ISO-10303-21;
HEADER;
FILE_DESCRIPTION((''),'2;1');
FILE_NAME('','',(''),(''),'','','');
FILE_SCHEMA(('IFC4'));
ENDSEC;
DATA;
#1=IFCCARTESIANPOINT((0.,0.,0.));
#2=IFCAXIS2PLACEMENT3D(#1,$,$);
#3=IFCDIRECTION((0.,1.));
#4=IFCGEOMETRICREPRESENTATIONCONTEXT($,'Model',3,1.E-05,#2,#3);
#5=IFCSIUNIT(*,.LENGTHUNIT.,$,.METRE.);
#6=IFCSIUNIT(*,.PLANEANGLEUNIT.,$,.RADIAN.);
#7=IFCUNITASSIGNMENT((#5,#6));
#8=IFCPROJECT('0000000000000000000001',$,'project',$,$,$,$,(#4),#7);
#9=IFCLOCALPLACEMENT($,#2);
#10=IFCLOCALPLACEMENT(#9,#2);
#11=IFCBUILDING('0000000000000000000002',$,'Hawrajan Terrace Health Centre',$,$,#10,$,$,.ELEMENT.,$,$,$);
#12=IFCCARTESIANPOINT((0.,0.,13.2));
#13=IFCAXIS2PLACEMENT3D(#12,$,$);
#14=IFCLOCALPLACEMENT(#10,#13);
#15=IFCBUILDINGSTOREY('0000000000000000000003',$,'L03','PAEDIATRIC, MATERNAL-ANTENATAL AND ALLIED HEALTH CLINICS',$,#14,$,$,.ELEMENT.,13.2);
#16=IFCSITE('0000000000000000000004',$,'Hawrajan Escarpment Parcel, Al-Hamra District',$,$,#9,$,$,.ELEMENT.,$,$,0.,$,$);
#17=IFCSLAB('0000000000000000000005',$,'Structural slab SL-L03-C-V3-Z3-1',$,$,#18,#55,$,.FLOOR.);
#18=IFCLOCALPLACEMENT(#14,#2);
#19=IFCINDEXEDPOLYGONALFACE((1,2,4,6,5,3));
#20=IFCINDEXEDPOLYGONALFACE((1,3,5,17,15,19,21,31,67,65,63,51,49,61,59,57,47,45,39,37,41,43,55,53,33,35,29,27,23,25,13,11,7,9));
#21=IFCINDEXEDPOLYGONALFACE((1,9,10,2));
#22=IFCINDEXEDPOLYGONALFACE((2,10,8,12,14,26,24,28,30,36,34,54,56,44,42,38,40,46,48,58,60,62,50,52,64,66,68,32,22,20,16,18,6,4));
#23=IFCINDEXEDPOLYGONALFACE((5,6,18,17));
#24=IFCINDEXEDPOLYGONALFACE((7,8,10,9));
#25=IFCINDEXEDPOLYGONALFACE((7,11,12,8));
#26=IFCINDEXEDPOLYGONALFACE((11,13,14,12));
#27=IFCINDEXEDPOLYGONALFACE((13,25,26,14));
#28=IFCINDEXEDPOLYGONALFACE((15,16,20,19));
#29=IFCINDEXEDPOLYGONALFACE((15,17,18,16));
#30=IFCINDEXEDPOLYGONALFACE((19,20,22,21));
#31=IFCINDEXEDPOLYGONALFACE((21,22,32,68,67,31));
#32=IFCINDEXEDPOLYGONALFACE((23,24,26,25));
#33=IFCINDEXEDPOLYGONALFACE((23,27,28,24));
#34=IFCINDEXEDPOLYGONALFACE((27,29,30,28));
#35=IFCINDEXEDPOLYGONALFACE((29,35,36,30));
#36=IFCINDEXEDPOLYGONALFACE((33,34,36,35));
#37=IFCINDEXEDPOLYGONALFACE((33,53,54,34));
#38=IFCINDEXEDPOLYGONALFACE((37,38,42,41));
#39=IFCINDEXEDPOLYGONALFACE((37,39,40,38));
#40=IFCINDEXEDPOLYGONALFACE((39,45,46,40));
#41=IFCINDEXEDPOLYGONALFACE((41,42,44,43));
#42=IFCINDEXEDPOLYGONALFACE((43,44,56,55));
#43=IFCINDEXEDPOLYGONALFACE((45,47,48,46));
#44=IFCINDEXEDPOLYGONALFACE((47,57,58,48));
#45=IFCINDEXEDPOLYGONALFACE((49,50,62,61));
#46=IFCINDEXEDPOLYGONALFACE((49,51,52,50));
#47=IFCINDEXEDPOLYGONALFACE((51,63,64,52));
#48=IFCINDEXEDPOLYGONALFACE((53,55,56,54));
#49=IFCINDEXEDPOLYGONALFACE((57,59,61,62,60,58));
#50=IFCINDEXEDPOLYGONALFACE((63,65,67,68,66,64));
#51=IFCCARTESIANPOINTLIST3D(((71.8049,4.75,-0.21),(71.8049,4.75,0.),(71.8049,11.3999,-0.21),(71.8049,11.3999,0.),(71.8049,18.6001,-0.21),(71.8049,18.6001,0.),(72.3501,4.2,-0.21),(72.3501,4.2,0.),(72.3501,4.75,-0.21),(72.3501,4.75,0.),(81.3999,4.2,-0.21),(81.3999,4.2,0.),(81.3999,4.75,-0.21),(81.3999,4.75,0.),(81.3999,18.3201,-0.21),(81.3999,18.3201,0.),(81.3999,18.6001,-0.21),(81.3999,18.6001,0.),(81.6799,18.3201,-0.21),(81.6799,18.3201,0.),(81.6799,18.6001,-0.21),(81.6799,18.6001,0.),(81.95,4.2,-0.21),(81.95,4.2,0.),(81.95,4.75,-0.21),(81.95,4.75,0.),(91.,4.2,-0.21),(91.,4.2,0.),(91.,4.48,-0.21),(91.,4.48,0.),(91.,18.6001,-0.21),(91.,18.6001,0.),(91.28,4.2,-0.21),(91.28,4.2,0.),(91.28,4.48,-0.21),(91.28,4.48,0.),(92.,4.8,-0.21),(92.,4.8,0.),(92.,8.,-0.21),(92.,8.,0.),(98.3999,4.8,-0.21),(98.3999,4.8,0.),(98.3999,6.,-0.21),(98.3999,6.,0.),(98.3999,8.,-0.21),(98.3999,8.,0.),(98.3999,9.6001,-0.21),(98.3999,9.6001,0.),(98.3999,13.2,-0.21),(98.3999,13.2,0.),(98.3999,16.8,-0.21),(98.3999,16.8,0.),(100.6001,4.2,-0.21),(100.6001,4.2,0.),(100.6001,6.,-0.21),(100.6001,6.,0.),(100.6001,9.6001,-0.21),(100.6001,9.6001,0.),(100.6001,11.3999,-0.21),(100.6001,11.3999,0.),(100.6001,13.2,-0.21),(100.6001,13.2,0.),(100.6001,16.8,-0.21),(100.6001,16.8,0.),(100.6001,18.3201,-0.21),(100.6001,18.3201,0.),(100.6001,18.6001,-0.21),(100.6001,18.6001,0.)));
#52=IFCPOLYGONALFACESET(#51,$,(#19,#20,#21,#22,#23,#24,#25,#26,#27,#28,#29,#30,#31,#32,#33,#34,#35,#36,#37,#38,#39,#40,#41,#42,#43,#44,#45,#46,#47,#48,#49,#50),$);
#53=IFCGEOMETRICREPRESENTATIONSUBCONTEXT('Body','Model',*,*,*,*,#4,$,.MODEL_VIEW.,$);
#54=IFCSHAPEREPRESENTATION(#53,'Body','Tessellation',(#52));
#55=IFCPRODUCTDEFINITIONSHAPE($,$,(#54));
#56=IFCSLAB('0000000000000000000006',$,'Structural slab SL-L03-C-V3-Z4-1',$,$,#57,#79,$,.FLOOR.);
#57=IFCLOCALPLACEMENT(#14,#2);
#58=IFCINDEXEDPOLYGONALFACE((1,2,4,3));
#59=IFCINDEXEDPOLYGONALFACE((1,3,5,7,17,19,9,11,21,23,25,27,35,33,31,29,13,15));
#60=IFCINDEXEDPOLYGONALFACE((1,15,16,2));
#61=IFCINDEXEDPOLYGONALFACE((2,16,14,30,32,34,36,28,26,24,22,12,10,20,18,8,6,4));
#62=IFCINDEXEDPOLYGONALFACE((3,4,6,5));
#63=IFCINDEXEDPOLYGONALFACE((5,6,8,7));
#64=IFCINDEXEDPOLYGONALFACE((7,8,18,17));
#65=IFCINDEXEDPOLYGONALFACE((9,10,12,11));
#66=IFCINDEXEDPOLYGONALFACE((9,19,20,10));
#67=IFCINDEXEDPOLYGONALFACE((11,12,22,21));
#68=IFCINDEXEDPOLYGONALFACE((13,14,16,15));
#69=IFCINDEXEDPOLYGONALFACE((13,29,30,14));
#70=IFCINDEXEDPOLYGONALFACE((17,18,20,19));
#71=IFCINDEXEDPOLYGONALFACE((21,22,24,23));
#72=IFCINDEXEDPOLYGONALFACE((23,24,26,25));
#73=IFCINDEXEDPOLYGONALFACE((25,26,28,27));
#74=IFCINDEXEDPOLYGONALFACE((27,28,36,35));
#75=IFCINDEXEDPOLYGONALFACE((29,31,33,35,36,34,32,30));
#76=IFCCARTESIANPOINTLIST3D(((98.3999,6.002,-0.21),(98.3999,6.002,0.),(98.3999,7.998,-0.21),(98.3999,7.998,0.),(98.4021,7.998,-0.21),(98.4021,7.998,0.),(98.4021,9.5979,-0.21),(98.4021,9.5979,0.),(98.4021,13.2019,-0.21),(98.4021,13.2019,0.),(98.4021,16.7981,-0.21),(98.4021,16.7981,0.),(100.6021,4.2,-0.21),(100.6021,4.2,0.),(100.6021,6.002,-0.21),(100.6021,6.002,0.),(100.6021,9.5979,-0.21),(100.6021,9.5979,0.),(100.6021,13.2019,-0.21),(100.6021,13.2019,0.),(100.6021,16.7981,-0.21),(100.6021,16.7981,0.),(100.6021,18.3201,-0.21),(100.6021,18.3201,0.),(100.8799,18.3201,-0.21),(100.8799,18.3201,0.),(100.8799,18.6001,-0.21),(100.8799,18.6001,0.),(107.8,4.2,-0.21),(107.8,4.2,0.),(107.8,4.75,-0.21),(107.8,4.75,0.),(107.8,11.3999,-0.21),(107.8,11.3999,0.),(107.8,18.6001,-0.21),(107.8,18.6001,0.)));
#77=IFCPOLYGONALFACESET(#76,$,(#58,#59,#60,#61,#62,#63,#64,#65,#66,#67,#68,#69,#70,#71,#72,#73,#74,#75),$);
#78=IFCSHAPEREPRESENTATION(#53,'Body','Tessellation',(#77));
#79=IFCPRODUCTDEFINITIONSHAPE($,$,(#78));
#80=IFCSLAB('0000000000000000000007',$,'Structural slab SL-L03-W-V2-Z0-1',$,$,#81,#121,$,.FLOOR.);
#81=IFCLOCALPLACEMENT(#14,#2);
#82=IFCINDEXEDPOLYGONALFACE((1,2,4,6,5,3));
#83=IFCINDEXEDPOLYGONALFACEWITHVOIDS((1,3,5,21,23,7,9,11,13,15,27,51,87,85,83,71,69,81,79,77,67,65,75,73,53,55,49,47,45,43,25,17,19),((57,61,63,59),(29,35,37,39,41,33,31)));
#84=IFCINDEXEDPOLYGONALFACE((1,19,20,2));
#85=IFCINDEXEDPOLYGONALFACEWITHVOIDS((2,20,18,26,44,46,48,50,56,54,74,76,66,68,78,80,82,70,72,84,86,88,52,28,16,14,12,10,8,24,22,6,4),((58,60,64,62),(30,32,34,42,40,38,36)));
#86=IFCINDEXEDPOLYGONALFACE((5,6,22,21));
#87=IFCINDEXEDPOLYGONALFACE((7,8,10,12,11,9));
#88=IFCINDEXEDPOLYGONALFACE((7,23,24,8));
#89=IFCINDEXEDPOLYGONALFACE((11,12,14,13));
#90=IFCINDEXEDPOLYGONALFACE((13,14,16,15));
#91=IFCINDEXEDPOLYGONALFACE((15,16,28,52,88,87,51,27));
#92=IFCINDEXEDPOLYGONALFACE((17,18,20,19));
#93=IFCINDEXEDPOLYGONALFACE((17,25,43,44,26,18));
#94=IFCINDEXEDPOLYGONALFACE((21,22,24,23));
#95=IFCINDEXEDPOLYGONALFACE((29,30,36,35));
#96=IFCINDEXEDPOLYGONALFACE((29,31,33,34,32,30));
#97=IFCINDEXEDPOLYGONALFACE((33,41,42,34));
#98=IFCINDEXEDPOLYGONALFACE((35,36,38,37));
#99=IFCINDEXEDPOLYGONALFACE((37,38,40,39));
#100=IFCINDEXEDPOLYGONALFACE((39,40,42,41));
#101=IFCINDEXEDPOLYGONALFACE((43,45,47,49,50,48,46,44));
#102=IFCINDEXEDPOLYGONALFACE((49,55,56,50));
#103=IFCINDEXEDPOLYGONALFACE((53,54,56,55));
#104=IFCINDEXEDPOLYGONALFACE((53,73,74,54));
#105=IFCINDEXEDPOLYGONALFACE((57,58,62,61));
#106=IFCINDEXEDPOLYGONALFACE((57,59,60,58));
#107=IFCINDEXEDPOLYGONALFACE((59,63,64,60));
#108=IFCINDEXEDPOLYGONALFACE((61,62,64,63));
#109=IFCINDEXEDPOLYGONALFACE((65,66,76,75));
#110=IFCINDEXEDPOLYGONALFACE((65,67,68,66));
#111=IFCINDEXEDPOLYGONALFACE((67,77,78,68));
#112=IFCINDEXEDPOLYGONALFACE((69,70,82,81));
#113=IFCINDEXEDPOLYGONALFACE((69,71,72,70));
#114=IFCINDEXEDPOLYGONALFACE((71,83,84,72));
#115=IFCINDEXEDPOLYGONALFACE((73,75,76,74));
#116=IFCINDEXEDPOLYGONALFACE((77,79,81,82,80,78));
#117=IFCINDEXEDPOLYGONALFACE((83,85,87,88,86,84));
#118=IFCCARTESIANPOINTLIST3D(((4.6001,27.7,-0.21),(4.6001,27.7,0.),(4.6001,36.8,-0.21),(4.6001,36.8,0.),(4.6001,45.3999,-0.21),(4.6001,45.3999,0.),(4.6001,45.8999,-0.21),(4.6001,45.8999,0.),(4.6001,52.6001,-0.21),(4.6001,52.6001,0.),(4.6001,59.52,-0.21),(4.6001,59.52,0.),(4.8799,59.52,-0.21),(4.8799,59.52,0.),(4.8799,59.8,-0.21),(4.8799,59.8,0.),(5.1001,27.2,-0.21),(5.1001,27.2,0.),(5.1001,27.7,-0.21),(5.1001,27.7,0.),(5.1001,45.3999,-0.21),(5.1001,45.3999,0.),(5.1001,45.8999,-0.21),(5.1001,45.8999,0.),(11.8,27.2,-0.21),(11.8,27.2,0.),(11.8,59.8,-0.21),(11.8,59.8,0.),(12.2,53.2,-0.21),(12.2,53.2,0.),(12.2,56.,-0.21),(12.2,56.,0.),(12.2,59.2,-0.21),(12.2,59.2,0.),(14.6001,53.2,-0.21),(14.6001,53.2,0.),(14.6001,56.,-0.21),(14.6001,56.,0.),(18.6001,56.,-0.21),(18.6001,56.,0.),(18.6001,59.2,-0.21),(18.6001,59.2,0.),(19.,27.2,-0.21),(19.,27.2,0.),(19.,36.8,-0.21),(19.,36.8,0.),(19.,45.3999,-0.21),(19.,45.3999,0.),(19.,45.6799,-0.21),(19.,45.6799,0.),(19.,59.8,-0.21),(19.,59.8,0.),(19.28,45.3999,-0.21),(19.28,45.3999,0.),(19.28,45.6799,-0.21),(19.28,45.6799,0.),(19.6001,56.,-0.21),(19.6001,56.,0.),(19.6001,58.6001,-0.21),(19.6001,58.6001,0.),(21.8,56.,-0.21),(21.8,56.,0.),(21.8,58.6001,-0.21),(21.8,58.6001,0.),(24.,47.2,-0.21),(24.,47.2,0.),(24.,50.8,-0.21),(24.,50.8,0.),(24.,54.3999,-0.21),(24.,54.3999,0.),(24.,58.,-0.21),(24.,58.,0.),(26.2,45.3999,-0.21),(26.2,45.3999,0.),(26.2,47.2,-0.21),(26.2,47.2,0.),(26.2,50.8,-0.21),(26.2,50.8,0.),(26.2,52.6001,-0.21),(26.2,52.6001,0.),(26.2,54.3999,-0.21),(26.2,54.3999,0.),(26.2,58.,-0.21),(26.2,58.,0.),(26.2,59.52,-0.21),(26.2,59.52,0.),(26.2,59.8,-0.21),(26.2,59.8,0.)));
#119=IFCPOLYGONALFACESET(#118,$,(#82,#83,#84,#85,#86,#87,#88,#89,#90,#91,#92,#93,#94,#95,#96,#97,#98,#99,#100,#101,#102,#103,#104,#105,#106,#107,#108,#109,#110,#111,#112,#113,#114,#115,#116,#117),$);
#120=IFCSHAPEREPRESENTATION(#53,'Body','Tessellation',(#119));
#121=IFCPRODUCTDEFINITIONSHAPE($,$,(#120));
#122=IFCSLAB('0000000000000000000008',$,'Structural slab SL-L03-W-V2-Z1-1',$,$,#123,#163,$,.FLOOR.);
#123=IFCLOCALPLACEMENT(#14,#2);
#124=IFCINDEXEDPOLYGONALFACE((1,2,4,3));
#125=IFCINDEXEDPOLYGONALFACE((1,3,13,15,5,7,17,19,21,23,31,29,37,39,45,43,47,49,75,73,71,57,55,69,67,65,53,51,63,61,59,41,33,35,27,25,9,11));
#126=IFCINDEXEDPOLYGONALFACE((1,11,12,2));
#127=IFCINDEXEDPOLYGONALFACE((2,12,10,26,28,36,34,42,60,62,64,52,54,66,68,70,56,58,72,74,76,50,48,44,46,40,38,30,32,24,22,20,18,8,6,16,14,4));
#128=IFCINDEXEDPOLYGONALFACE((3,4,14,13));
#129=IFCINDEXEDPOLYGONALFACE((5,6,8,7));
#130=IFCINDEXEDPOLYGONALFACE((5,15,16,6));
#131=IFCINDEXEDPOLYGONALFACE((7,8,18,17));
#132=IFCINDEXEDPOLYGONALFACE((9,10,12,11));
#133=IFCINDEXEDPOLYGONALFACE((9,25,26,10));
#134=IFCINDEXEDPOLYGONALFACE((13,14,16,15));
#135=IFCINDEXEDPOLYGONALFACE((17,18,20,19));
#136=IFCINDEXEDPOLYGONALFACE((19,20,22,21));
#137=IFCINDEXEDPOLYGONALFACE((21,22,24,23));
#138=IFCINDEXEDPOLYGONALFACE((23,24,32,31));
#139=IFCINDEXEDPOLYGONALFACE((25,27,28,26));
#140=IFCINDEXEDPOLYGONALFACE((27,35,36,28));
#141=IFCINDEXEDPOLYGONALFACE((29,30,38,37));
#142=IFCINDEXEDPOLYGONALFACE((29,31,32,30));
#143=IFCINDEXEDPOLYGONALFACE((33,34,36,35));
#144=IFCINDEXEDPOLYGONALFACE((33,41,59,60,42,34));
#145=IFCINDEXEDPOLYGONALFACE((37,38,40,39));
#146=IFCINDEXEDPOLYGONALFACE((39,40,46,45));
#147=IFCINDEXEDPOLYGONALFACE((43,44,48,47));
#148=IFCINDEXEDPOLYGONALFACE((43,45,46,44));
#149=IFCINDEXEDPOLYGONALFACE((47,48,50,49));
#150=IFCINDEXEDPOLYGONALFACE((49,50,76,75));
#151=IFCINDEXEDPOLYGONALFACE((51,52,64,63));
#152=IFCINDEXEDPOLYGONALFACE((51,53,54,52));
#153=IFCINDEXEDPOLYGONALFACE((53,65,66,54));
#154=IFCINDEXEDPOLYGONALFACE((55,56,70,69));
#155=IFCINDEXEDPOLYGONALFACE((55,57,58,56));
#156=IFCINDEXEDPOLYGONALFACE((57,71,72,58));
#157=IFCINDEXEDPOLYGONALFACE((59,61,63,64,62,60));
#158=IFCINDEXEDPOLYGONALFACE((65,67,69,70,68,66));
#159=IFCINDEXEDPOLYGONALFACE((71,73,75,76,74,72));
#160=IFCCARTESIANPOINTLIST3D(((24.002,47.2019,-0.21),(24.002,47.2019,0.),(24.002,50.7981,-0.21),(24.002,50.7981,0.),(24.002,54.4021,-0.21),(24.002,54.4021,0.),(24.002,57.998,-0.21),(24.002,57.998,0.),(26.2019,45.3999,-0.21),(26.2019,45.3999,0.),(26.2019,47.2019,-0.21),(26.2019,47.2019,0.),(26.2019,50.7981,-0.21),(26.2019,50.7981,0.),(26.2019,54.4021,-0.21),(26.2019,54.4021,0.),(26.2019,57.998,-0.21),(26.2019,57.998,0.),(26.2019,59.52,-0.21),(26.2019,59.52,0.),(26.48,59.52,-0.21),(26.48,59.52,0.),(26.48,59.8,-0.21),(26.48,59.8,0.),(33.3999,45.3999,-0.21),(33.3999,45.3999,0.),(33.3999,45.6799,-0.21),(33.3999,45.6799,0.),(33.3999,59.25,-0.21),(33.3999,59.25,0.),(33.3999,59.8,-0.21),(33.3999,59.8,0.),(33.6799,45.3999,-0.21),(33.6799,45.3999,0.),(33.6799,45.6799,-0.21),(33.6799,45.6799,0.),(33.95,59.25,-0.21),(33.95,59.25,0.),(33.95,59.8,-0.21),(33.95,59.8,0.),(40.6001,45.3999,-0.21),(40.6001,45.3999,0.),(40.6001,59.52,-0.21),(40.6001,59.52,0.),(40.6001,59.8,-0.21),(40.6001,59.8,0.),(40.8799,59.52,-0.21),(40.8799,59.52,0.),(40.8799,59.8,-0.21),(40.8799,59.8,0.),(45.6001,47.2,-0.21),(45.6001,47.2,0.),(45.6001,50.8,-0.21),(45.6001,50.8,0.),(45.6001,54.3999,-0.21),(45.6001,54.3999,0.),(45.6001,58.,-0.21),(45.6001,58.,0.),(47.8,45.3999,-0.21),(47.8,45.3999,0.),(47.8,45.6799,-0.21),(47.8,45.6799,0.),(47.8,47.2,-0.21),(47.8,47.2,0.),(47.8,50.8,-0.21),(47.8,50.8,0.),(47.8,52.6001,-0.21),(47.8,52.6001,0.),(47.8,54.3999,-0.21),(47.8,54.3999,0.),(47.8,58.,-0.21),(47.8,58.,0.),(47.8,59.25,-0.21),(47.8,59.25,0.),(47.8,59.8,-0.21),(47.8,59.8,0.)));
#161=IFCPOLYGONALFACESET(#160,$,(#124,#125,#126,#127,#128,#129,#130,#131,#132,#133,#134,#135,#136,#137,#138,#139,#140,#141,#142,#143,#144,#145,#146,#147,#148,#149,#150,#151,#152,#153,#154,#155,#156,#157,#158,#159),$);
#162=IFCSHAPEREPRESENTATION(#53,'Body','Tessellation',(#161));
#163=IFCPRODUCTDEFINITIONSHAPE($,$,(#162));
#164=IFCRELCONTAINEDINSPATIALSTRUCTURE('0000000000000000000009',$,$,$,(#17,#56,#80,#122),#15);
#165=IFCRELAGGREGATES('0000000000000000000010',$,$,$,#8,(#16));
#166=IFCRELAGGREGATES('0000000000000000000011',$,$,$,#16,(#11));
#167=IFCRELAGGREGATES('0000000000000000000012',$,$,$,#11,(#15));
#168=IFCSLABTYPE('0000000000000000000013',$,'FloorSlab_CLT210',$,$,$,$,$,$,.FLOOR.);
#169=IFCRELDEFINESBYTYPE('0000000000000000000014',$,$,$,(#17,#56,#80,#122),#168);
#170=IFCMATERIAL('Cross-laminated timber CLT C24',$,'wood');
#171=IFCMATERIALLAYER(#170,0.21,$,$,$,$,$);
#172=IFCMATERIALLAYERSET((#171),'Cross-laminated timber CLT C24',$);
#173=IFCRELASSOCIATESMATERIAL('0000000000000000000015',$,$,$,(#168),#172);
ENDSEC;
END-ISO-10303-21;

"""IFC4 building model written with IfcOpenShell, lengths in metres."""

from ifc_helpers import new_model, si_unit, direction, frame, origin, place, context, subcontext, project, spatial, polyline, outline, extrude, material, layer, layer_set, type_object, element, save


model = new_model("IFC4")

# Units and contexts
model_context = context("Model", 3, precision=1e-05, world=origin(), true_north=direction((0.0, 1.0)))
body_context = subcontext(model_context, "Body", "Model", "MODEL_VIEW")
ifc_project = project(units=[si_unit("LENGTHUNIT", "METRE"), si_unit("PLANEANGLEUNIT", "RADIAN")], contexts=[model_context])

# Site, building, storey
site_placement = place(None, origin())
site = spatial("IfcSite", under=ifc_project, at=site_placement, Name="Hawrajan Escarpment Parcel, Al-Hamra District", CompositionType="ELEMENT", RefElevation=0.0)
building_placement = place(site_placement, origin())
building = spatial("IfcBuilding", under=site, at=building_placement, Name="Hawrajan Terrace Health Centre", CompositionType="ELEMENT")
storey_placement = place(building_placement, frame((0.0, 0.0, 13.2)))
storey = spatial("IfcBuildingStorey", under=building, at=storey_placement, Name="L03", Description="PAEDIATRIC, MATERNAL-ANTENATAL AND ALLIED HEALTH CLINICS", CompositionType="ELEMENT", Elevation=13.2)

# Slabs
ifc_material_1 = material(Name="Cross-laminated timber CLT C24", Category="wood")
ifc_layer_1 = layer(ifc_material_1, 0.21)
ifc_layer_set_1 = layer_set([ifc_layer_1], Name="Cross-laminated timber CLT C24")
slab_type_1 = type_object("IfcSlabType", Name="FloorSlab_CLT210", PredefinedType="FLOOR", material=ifc_layer_set_1)
slab_1_placement = place(storey_placement, frame((0.0, 0.0, -0.21)))
element("IfcSlab", 1, at=slab_1_placement, inside=storey, type_object=slab_type_1, Name="Structural slab SL-L03-C-V3-Z3-1", PredefinedType="FLOOR", context=body_context, shape_type="SweptSolid", body=[
    extrude(outline(polyline([(71.8049, 18.6001), (81.3999, 18.6001), (81.3999, 18.3201), (81.6799, 18.3201), (81.6799, 18.6001), (91.0, 18.6001), (100.6001, 18.6001), (100.6001, 18.3201), (100.6001, 16.8), (98.3999, 16.8), (98.3999, 13.2), (100.6001, 13.2), (100.6001, 11.3999), (100.6001, 9.6001), (98.3999, 9.6001), (98.3999, 8.0), (92.0, 8.0), (92.0, 4.8), (98.3999, 4.8), (98.3999, 6.0), (100.6001, 6.0), (100.6001, 4.2), (91.28, 4.2), (91.28, 4.48), (91.0, 4.48), (91.0, 4.2), (81.95, 4.2), (81.95, 4.75), (81.3999, 4.75), (81.3999, 4.2), (72.3501, 4.2), (72.3501, 4.75), (71.8049, 4.75), (71.8049, 11.3999), (71.8049, 18.6001)])), origin(), (0.0, 0.0, 1.0), 0.21),
])
slab_2_placement = place(storey_placement, frame((0.0, 0.0, -0.21)))
element("IfcSlab", 2, at=slab_2_placement, inside=storey, type_object=slab_type_1, Name="Structural slab SL-L03-C-V3-Z4-1", PredefinedType="FLOOR", context=body_context, shape_type="SweptSolid", body=[
    extrude(outline(polyline([(100.8799, 18.3201), (100.8799, 18.6001), (107.8, 18.6001), (107.8, 11.3999), (107.8, 4.75), (107.8, 4.2), (100.6021, 4.2), (100.6021, 6.002), (98.3999, 6.002), (98.3999, 7.998), (98.4021, 7.998), (98.4021, 9.5979), (100.6021, 9.5979), (100.6021, 13.2019), (98.4021, 13.2019), (98.4021, 16.7981), (100.6021, 16.7981), (100.6021, 18.3201), (100.8799, 18.3201)])), origin(), (0.0, 0.0, 1.0), 0.21),
])
slab_3_placement = place(storey_placement, frame((0.0, 0.0, -0.21)))
element("IfcSlab", 3, at=slab_3_placement, inside=storey, type_object=slab_type_1, Name="Structural slab SL-L03-W-V2-Z0-1", PredefinedType="FLOOR", context=body_context, shape_type="SweptSolid", body=[
    extrude(outline(polyline([(4.6001, 59.52), (4.8799, 59.52), (4.8799, 59.8), (11.8, 59.8), (19.0, 59.8), (26.2, 59.8), (26.2, 59.52), (26.2, 58.0), (24.0, 58.0), (24.0, 54.3999), (26.2, 54.3999), (26.2, 52.6001), (26.2, 50.8), (24.0, 50.8), (24.0, 47.2), (26.2, 47.2), (26.2, 45.3999), (19.28, 45.3999), (19.28, 45.6799), (19.0, 45.6799), (19.0, 45.3999), (19.0, 36.8), (19.0, 27.2), (11.8, 27.2), (5.1001, 27.2), (5.1001, 27.7), (4.6001, 27.7), (4.6001, 36.8), (4.6001, 45.3999), (5.1001, 45.3999), (5.1001, 45.8999), (4.6001, 45.8999), (4.6001, 52.6001), (4.6001, 59.52)]), holes=[polyline([(14.6001, 53.2), (14.6001, 56.0), (18.6001, 56.0), (18.6001, 59.2), (12.2, 59.2), (12.2, 56.0), (12.2, 53.2), (14.6001, 53.2)]), polyline([(21.8, 56.0), (21.8, 58.6001), (19.6001, 58.6001), (19.6001, 56.0), (21.8, 56.0)])]), origin(), (0.0, 0.0, 1.0), 0.21),
])
slab_4_placement = place(storey_placement, frame((0.0, 0.0, -0.21)))
element("IfcSlab", 4, at=slab_4_placement, inside=storey, type_object=slab_type_1, Name="Structural slab SL-L03-W-V2-Z1-1", PredefinedType="FLOOR", context=body_context, shape_type="SweptSolid", body=[
    extrude(outline(polyline([(26.48, 59.52), (26.48, 59.8), (33.3999, 59.8), (33.3999, 59.25), (33.95, 59.25), (33.95, 59.8), (40.6001, 59.8), (40.6001, 59.52), (40.8799, 59.52), (40.8799, 59.8), (47.8, 59.8), (47.8, 59.25), (47.8, 58.0), (45.6001, 58.0), (45.6001, 54.3999), (47.8, 54.3999), (47.8, 52.6001), (47.8, 50.8), (45.6001, 50.8), (45.6001, 47.2), (47.8, 47.2), (47.8, 45.6799), (47.8, 45.3999), (40.6001, 45.3999), (33.6799, 45.3999), (33.6799, 45.6799), (33.3999, 45.6799), (33.3999, 45.3999), (26.2019, 45.3999), (26.2019, 47.2019), (24.002, 47.2019), (24.002, 50.7981), (26.2019, 50.7981), (26.2019, 54.4021), (24.002, 54.4021), (24.002, 57.998), (26.2019, 57.998), (26.2019, 59.52), (26.48, 59.52)])), origin(), (0.0, 0.0, 1.0), 0.21),
])

save(model, "model.ifc")
